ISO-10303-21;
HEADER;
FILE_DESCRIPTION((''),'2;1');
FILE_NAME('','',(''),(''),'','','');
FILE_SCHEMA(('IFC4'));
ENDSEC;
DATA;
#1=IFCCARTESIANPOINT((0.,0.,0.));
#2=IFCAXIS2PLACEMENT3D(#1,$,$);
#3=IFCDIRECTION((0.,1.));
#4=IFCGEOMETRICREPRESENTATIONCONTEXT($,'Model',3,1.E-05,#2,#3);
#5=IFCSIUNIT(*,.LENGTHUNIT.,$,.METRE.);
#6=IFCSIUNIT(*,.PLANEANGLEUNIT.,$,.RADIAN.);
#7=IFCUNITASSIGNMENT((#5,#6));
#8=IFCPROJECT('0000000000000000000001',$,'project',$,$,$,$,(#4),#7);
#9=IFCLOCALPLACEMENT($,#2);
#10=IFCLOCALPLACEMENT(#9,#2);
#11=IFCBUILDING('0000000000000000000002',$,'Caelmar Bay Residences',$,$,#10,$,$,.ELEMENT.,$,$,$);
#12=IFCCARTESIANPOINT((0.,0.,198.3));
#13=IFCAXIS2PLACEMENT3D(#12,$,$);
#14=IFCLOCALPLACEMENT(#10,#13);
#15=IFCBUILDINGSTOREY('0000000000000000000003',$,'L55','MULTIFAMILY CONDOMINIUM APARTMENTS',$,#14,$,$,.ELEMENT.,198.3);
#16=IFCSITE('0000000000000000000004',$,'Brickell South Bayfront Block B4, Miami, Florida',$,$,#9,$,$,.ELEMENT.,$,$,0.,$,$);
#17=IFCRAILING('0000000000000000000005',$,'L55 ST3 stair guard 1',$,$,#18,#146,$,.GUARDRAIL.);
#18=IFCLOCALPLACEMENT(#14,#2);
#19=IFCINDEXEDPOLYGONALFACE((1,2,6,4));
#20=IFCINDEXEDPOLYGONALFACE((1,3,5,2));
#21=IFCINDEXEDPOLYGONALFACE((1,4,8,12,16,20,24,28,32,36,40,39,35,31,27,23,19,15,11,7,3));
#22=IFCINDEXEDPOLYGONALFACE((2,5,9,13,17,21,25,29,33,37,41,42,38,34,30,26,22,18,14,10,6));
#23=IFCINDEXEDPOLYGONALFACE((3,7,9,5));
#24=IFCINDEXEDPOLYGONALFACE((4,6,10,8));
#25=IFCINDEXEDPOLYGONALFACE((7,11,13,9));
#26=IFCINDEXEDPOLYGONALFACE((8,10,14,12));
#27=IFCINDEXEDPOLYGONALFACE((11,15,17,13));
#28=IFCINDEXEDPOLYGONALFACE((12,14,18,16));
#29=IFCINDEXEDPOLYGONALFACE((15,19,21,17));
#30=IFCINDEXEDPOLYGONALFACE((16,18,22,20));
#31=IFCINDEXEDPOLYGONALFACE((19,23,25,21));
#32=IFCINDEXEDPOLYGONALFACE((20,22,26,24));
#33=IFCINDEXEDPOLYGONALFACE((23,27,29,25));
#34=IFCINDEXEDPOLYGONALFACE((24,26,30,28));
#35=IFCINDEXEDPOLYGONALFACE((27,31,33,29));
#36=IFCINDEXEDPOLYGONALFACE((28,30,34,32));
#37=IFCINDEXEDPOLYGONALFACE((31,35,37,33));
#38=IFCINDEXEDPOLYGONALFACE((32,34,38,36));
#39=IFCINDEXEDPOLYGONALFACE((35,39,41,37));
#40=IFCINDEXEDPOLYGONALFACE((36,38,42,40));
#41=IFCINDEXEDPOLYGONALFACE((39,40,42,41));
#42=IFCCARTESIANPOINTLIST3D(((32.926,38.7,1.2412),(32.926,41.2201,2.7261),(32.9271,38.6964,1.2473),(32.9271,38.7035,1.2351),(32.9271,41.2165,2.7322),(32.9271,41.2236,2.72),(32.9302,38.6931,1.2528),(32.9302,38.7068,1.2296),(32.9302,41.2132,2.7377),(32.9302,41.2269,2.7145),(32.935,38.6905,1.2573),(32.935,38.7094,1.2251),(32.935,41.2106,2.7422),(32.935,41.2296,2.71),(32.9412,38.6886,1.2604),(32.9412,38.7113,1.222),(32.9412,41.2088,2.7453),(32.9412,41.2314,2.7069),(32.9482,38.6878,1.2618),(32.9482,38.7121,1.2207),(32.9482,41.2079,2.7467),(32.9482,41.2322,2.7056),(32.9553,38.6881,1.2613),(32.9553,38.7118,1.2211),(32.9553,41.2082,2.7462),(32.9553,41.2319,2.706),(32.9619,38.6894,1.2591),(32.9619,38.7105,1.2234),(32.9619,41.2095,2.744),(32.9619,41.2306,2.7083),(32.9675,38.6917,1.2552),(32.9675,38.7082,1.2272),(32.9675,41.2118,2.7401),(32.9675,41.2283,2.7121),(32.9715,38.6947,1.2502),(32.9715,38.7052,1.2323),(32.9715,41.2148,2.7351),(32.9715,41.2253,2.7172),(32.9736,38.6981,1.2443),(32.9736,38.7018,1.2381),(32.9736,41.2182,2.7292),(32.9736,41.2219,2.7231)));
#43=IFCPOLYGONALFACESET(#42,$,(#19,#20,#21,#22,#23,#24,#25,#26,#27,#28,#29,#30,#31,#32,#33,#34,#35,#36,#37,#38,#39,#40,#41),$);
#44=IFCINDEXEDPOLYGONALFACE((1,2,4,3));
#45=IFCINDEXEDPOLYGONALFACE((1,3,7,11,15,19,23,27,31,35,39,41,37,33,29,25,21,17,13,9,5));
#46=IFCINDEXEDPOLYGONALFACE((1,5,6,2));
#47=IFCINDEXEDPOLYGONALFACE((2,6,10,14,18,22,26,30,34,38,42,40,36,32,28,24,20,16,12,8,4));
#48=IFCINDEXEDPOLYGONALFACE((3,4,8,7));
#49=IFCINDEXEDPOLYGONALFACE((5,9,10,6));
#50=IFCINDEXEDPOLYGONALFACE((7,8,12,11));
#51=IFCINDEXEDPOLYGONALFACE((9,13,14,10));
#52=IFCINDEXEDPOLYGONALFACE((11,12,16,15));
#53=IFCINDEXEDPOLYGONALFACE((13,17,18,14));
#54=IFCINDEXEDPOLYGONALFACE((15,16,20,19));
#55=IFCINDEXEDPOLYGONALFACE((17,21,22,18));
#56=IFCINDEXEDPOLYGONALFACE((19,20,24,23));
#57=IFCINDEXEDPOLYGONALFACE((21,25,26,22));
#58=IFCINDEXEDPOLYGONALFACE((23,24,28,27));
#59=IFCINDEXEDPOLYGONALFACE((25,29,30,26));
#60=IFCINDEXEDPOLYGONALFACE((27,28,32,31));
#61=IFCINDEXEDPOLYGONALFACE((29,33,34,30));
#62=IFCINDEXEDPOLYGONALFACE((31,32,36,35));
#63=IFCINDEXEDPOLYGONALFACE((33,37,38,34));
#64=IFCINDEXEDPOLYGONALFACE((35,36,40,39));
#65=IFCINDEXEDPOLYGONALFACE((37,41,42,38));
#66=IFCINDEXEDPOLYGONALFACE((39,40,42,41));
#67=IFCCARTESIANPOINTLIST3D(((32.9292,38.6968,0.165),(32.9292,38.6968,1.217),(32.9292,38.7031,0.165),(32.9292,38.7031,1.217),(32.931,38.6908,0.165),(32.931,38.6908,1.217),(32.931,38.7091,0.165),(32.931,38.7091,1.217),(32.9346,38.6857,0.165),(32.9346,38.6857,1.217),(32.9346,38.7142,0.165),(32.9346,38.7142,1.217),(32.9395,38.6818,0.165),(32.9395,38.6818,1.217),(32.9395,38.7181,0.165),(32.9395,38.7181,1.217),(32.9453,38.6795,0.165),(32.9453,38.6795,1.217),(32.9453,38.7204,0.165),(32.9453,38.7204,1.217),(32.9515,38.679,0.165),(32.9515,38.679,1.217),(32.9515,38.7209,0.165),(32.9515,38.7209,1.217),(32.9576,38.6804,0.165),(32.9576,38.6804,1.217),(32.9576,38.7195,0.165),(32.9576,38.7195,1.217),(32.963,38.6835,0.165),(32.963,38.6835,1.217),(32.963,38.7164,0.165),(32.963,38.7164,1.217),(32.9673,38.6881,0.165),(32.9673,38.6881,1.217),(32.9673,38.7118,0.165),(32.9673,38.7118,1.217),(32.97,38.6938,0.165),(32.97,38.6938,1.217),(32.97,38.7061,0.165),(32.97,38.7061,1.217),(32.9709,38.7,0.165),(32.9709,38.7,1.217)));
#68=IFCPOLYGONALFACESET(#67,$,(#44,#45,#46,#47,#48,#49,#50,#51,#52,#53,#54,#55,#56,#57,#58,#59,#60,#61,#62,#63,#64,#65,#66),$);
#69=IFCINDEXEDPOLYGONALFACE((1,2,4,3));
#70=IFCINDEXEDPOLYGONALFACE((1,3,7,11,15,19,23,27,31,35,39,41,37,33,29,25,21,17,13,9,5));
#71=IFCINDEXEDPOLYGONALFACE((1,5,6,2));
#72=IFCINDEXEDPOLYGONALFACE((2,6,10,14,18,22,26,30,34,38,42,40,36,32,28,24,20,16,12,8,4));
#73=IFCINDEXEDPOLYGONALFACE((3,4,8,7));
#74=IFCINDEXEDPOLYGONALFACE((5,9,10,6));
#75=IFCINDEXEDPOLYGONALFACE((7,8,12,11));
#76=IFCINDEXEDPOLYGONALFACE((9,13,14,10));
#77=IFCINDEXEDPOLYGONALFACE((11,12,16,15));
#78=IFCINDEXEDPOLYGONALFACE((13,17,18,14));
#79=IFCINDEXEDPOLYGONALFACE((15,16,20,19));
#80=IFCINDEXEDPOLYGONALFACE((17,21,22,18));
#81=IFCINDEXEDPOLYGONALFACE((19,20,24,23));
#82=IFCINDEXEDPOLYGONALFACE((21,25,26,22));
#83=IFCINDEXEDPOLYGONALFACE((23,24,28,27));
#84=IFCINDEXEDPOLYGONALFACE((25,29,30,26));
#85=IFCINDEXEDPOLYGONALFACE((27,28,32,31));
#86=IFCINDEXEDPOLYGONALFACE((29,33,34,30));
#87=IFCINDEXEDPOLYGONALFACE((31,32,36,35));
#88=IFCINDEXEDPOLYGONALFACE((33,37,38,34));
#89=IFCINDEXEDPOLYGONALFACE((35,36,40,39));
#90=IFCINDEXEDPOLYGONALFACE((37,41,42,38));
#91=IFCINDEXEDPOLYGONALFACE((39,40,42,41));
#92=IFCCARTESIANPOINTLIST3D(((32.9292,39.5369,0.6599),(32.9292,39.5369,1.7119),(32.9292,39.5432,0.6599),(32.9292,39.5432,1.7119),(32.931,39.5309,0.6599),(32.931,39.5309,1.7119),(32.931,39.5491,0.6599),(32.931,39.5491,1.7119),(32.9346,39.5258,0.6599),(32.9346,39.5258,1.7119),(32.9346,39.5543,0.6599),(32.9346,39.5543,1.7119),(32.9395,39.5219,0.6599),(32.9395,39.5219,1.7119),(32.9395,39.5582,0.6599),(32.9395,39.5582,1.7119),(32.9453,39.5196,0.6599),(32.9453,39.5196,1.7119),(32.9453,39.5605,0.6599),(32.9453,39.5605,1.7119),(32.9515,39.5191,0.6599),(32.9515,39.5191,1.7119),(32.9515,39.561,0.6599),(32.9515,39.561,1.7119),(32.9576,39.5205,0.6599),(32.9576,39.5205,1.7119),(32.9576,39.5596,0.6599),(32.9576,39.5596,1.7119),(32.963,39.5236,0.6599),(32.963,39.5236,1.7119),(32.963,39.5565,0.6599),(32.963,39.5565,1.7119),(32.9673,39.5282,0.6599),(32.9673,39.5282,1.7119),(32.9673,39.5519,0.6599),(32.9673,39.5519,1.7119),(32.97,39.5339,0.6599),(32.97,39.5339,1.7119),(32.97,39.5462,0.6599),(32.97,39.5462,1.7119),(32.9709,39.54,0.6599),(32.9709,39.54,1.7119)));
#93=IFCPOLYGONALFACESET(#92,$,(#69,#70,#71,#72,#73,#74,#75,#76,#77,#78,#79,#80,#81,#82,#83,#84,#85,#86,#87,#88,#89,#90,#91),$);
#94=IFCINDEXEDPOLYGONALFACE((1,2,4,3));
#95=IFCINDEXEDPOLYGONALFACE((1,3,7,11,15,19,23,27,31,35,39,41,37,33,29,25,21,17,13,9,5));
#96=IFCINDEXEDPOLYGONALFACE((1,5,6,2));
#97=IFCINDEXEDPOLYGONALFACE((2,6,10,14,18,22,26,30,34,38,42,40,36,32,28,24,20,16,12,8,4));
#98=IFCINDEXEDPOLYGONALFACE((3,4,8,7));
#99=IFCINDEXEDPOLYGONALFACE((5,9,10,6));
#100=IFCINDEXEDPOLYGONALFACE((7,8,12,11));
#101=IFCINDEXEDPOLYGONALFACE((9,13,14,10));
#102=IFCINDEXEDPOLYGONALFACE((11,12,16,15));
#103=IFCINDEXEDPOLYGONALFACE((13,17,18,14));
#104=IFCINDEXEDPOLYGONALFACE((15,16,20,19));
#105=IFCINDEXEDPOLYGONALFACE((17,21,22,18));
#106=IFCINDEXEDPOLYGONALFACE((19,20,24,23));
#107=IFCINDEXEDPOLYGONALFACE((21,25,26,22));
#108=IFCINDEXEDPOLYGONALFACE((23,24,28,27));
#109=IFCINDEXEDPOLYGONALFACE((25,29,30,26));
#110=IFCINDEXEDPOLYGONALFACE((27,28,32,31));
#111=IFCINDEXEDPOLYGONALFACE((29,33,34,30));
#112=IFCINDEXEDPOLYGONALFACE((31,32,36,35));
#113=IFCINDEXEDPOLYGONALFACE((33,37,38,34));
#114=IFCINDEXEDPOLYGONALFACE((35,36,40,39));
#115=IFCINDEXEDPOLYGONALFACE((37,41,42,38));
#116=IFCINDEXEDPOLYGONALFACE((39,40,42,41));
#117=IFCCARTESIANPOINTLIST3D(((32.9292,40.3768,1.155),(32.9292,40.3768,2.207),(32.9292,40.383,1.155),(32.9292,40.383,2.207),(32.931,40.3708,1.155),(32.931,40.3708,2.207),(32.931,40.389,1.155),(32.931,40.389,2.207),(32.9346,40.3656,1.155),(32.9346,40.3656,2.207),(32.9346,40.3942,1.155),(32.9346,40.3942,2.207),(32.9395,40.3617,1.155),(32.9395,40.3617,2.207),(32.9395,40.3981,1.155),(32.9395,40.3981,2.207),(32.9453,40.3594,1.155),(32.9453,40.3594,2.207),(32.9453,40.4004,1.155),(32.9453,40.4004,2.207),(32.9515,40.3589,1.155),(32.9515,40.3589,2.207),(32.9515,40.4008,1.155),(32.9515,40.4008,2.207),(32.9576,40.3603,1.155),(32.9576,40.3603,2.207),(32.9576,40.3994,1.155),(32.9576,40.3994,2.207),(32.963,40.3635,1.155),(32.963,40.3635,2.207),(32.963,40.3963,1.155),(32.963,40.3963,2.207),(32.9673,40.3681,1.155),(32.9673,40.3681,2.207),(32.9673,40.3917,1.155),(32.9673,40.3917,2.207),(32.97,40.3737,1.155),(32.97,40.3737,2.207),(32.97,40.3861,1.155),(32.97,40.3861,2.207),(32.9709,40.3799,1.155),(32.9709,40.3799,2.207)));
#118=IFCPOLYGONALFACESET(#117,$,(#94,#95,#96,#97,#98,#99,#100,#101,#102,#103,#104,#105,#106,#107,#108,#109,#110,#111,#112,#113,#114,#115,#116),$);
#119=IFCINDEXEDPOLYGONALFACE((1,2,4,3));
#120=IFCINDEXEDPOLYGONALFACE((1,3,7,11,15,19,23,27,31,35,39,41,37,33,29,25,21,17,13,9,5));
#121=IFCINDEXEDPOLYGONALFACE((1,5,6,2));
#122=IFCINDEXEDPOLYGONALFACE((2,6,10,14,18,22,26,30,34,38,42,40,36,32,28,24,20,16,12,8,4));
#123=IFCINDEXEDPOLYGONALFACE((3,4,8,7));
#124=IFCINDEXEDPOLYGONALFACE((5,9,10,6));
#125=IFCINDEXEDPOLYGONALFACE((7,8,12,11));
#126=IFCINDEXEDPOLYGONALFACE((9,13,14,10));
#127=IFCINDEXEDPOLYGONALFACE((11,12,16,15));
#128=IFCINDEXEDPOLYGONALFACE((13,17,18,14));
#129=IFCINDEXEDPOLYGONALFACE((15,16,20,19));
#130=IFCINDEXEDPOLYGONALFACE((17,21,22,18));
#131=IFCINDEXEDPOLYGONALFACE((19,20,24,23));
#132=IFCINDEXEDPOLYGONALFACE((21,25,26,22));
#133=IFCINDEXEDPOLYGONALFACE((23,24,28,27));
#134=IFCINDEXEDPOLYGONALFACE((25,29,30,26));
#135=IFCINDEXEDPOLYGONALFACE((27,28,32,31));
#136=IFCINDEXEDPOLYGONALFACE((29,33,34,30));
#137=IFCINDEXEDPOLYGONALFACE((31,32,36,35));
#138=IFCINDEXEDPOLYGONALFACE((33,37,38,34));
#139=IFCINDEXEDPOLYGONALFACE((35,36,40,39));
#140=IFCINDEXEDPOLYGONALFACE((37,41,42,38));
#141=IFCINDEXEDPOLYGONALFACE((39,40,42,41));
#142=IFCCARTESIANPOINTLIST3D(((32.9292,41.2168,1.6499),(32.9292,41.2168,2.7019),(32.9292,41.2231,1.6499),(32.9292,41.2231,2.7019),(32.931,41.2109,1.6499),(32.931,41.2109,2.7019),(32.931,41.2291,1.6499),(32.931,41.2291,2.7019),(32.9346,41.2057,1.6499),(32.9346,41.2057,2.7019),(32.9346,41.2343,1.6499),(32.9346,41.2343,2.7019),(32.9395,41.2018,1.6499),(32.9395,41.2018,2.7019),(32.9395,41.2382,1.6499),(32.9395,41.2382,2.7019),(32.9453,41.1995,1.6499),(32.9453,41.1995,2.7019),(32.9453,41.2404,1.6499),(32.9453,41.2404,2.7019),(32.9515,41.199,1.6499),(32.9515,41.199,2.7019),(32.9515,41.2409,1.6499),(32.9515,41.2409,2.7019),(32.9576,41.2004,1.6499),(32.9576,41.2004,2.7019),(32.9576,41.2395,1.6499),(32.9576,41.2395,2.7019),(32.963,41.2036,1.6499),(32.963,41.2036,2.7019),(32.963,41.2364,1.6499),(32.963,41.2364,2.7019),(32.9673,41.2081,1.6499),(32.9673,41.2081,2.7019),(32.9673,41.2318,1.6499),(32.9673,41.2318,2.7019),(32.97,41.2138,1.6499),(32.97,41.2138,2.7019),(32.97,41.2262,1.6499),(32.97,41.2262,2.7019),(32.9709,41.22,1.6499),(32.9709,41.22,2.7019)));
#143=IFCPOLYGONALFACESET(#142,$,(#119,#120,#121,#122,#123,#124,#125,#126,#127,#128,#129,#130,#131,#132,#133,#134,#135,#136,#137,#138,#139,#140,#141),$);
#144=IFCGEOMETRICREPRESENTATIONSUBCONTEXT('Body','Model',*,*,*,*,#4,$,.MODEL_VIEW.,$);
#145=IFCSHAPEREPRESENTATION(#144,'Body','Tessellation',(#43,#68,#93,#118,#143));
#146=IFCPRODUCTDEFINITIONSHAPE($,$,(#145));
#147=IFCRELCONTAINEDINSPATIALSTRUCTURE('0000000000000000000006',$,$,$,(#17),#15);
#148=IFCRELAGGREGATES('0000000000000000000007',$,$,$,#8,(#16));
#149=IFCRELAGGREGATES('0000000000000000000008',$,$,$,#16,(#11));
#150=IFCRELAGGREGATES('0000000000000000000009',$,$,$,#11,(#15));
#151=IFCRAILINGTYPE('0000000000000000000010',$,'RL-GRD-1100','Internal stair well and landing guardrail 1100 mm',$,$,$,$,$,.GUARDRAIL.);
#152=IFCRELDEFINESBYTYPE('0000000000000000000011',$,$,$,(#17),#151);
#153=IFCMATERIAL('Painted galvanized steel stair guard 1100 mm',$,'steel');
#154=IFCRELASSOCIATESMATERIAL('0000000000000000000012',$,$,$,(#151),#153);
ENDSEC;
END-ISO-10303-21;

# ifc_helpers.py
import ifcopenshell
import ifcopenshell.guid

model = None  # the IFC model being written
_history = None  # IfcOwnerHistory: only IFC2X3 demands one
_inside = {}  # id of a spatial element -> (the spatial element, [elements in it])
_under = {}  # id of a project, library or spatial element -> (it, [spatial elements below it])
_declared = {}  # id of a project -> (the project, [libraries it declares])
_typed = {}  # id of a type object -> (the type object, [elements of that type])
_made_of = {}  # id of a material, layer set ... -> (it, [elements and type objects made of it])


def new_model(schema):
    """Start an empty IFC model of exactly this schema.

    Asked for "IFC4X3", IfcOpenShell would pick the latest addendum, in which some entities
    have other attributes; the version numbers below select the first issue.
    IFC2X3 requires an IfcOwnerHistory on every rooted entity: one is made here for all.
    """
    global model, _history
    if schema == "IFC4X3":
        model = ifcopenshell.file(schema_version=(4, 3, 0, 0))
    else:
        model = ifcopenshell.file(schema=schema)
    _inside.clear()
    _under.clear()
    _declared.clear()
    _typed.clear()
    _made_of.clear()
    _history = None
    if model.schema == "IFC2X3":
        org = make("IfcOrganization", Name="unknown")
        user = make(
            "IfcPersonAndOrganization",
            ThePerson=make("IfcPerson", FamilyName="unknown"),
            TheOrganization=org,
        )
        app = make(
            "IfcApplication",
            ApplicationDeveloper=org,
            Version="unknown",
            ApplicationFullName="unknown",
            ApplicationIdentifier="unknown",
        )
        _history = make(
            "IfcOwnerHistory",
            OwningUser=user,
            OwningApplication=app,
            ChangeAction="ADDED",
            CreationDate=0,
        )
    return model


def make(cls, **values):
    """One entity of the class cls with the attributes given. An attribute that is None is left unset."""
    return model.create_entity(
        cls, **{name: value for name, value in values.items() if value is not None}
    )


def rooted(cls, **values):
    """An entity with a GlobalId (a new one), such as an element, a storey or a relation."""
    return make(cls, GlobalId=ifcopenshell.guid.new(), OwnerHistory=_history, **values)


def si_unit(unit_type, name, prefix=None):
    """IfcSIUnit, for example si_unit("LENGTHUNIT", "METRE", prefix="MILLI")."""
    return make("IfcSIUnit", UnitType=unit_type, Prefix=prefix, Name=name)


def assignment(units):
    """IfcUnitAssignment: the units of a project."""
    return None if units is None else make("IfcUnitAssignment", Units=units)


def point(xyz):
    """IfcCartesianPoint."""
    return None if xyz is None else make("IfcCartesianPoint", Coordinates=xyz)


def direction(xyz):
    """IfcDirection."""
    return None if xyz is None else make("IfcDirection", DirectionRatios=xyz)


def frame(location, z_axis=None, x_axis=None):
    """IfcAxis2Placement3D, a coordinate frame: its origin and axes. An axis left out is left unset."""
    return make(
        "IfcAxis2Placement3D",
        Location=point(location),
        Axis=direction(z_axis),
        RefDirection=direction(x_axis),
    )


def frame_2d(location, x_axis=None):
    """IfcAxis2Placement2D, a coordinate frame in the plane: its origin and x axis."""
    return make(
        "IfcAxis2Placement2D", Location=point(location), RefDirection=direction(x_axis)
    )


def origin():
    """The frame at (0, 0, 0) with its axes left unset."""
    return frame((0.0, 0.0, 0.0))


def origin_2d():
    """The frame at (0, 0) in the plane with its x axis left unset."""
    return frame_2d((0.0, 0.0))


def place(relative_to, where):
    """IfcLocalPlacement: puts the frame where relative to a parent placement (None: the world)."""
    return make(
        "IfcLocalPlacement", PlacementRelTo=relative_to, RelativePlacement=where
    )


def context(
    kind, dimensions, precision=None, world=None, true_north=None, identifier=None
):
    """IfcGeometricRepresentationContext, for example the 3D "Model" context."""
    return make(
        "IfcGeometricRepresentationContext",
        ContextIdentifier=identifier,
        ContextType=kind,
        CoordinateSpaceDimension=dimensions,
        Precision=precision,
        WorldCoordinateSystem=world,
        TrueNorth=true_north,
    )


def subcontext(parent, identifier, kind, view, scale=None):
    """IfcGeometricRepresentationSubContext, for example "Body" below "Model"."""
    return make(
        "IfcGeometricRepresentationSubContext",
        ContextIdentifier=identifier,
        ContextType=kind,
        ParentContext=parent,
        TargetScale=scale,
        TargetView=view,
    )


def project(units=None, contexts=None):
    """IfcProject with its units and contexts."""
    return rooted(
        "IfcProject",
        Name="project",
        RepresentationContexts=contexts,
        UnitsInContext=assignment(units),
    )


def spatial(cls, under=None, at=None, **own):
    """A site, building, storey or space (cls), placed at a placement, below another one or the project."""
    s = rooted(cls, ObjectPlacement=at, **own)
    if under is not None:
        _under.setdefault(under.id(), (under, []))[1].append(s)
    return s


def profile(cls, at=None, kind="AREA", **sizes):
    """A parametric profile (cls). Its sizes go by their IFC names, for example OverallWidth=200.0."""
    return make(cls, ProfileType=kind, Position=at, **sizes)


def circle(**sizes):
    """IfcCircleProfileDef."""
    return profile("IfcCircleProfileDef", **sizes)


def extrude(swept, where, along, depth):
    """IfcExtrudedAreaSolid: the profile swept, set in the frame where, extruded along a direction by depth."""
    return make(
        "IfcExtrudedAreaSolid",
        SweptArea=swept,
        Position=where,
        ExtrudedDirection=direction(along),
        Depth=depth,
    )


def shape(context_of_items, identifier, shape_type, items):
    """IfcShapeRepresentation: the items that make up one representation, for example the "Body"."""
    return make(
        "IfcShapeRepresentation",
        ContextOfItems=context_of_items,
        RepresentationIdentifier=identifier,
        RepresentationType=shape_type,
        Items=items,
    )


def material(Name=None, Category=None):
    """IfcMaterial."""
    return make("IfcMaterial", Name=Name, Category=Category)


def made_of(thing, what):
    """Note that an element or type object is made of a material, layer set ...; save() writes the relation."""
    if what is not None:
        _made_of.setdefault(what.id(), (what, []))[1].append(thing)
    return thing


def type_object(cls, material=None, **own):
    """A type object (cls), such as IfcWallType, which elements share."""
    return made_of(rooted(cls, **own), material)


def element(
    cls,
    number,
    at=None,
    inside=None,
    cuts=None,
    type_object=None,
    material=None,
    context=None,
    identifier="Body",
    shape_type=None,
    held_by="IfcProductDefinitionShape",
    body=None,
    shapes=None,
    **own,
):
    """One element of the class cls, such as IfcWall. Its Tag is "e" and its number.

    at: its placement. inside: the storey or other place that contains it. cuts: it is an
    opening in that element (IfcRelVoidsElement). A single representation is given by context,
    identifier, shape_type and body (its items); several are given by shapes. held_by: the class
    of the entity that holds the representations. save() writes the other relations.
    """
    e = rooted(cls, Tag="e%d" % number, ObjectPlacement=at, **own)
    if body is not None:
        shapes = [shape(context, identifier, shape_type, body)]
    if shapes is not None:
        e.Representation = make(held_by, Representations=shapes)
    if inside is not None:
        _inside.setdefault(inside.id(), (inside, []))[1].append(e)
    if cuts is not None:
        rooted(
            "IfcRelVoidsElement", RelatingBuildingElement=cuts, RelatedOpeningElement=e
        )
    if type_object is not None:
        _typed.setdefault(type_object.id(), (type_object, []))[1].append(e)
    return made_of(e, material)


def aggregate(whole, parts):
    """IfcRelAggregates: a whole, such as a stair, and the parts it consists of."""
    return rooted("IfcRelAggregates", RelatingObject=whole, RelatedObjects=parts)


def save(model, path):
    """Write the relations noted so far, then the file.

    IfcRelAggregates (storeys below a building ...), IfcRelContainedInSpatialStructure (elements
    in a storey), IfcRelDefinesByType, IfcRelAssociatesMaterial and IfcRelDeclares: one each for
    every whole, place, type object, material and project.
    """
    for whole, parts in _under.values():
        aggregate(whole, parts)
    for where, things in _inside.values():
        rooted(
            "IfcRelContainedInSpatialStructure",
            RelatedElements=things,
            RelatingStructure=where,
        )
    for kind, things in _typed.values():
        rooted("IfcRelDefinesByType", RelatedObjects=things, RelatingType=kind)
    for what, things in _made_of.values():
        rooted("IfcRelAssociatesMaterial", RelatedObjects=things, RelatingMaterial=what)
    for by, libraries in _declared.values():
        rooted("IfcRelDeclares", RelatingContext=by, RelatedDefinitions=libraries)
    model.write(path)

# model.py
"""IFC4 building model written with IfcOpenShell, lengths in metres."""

from ifc_helpers import new_model, si_unit, direction, frame, origin, origin_2d, place, context, subcontext, project, spatial, circle, extrude, material, type_object, element, save


model = new_model("IFC4")

# Units and contexts
model_context = context("Model", 3, precision=1e-05, world=origin(), true_north=direction((0.0, 1.0)))
body_context = subcontext(model_context, "Body", "Model", "MODEL_VIEW")
ifc_project = project(units=[si_unit("LENGTHUNIT", "METRE"), si_unit("PLANEANGLEUNIT", "RADIAN")], contexts=[model_context])

# Site, building, storey
site_placement = place(None, origin())
site = spatial("IfcSite", under=ifc_project, at=site_placement, Name="Brickell South Bayfront Block B4, Miami, Florida", CompositionType="ELEMENT", RefElevation=0.0)
building_placement = place(site_placement, origin())
building = spatial("IfcBuilding", under=site, at=building_placement, Name="Caelmar Bay Residences", CompositionType="ELEMENT")
storey_placement = place(building_placement, frame((0.0, 0.0, 198.3)))
storey = spatial("IfcBuildingStorey", under=building, at=storey_placement, Name="L55", Description="MULTIFAMILY CONDOMINIUM APARTMENTS", CompositionType="ELEMENT", Elevation=198.3)

# Railing
ifc_material_1 = material(Name="Painted galvanized steel stair guard 1100 mm", Category="steel")
railing_type_1 = type_object("IfcRailingType", Name="RL-GRD-1100", Description="Internal stair well and landing guardrail 1100 mm", PredefinedType="GUARDRAIL", material=ifc_material_1)
railing_1_placement = place(storey_placement, frame((32.95, 38.7, 0.165)))
element("IfcRailing", 1, at=railing_1_placement, inside=storey, type_object=railing_type_1, Name="L55 ST3 stair guard 1", PredefinedType="GUARDRAIL", context=body_context, shape_type="SweptSolid", body=[
    extrude(circle(Radius=0.0239, at=origin_2d()), frame((0.0, 0.0, 1.0762), z_axis=(0.0, 0.861561, 0.507655), x_axis=(-1.0, 0.0, 0.0)), (0.0, 0.0, 1.0), 2.925),
    extrude(circle(Radius=0.021, at=origin_2d()), origin(), (0.0, 0.0, 1.0), 1.052),
    extrude(circle(Radius=0.021, at=origin_2d()), frame((0.0, 0.8401, 0.4949)), (0.0, 0.0, 1.0), 1.052),
    extrude(circle(Radius=0.021, at=origin_2d()), frame((0.0, 1.6799, 0.99)), (0.0, 0.0, 1.0), 1.052),
    extrude(circle(Radius=0.021, at=origin_2d()), frame((0.0, 2.52, 1.4849)), (0.0, 0.0, 1.0), 1.052),
])

save(model, "model.ifc")
